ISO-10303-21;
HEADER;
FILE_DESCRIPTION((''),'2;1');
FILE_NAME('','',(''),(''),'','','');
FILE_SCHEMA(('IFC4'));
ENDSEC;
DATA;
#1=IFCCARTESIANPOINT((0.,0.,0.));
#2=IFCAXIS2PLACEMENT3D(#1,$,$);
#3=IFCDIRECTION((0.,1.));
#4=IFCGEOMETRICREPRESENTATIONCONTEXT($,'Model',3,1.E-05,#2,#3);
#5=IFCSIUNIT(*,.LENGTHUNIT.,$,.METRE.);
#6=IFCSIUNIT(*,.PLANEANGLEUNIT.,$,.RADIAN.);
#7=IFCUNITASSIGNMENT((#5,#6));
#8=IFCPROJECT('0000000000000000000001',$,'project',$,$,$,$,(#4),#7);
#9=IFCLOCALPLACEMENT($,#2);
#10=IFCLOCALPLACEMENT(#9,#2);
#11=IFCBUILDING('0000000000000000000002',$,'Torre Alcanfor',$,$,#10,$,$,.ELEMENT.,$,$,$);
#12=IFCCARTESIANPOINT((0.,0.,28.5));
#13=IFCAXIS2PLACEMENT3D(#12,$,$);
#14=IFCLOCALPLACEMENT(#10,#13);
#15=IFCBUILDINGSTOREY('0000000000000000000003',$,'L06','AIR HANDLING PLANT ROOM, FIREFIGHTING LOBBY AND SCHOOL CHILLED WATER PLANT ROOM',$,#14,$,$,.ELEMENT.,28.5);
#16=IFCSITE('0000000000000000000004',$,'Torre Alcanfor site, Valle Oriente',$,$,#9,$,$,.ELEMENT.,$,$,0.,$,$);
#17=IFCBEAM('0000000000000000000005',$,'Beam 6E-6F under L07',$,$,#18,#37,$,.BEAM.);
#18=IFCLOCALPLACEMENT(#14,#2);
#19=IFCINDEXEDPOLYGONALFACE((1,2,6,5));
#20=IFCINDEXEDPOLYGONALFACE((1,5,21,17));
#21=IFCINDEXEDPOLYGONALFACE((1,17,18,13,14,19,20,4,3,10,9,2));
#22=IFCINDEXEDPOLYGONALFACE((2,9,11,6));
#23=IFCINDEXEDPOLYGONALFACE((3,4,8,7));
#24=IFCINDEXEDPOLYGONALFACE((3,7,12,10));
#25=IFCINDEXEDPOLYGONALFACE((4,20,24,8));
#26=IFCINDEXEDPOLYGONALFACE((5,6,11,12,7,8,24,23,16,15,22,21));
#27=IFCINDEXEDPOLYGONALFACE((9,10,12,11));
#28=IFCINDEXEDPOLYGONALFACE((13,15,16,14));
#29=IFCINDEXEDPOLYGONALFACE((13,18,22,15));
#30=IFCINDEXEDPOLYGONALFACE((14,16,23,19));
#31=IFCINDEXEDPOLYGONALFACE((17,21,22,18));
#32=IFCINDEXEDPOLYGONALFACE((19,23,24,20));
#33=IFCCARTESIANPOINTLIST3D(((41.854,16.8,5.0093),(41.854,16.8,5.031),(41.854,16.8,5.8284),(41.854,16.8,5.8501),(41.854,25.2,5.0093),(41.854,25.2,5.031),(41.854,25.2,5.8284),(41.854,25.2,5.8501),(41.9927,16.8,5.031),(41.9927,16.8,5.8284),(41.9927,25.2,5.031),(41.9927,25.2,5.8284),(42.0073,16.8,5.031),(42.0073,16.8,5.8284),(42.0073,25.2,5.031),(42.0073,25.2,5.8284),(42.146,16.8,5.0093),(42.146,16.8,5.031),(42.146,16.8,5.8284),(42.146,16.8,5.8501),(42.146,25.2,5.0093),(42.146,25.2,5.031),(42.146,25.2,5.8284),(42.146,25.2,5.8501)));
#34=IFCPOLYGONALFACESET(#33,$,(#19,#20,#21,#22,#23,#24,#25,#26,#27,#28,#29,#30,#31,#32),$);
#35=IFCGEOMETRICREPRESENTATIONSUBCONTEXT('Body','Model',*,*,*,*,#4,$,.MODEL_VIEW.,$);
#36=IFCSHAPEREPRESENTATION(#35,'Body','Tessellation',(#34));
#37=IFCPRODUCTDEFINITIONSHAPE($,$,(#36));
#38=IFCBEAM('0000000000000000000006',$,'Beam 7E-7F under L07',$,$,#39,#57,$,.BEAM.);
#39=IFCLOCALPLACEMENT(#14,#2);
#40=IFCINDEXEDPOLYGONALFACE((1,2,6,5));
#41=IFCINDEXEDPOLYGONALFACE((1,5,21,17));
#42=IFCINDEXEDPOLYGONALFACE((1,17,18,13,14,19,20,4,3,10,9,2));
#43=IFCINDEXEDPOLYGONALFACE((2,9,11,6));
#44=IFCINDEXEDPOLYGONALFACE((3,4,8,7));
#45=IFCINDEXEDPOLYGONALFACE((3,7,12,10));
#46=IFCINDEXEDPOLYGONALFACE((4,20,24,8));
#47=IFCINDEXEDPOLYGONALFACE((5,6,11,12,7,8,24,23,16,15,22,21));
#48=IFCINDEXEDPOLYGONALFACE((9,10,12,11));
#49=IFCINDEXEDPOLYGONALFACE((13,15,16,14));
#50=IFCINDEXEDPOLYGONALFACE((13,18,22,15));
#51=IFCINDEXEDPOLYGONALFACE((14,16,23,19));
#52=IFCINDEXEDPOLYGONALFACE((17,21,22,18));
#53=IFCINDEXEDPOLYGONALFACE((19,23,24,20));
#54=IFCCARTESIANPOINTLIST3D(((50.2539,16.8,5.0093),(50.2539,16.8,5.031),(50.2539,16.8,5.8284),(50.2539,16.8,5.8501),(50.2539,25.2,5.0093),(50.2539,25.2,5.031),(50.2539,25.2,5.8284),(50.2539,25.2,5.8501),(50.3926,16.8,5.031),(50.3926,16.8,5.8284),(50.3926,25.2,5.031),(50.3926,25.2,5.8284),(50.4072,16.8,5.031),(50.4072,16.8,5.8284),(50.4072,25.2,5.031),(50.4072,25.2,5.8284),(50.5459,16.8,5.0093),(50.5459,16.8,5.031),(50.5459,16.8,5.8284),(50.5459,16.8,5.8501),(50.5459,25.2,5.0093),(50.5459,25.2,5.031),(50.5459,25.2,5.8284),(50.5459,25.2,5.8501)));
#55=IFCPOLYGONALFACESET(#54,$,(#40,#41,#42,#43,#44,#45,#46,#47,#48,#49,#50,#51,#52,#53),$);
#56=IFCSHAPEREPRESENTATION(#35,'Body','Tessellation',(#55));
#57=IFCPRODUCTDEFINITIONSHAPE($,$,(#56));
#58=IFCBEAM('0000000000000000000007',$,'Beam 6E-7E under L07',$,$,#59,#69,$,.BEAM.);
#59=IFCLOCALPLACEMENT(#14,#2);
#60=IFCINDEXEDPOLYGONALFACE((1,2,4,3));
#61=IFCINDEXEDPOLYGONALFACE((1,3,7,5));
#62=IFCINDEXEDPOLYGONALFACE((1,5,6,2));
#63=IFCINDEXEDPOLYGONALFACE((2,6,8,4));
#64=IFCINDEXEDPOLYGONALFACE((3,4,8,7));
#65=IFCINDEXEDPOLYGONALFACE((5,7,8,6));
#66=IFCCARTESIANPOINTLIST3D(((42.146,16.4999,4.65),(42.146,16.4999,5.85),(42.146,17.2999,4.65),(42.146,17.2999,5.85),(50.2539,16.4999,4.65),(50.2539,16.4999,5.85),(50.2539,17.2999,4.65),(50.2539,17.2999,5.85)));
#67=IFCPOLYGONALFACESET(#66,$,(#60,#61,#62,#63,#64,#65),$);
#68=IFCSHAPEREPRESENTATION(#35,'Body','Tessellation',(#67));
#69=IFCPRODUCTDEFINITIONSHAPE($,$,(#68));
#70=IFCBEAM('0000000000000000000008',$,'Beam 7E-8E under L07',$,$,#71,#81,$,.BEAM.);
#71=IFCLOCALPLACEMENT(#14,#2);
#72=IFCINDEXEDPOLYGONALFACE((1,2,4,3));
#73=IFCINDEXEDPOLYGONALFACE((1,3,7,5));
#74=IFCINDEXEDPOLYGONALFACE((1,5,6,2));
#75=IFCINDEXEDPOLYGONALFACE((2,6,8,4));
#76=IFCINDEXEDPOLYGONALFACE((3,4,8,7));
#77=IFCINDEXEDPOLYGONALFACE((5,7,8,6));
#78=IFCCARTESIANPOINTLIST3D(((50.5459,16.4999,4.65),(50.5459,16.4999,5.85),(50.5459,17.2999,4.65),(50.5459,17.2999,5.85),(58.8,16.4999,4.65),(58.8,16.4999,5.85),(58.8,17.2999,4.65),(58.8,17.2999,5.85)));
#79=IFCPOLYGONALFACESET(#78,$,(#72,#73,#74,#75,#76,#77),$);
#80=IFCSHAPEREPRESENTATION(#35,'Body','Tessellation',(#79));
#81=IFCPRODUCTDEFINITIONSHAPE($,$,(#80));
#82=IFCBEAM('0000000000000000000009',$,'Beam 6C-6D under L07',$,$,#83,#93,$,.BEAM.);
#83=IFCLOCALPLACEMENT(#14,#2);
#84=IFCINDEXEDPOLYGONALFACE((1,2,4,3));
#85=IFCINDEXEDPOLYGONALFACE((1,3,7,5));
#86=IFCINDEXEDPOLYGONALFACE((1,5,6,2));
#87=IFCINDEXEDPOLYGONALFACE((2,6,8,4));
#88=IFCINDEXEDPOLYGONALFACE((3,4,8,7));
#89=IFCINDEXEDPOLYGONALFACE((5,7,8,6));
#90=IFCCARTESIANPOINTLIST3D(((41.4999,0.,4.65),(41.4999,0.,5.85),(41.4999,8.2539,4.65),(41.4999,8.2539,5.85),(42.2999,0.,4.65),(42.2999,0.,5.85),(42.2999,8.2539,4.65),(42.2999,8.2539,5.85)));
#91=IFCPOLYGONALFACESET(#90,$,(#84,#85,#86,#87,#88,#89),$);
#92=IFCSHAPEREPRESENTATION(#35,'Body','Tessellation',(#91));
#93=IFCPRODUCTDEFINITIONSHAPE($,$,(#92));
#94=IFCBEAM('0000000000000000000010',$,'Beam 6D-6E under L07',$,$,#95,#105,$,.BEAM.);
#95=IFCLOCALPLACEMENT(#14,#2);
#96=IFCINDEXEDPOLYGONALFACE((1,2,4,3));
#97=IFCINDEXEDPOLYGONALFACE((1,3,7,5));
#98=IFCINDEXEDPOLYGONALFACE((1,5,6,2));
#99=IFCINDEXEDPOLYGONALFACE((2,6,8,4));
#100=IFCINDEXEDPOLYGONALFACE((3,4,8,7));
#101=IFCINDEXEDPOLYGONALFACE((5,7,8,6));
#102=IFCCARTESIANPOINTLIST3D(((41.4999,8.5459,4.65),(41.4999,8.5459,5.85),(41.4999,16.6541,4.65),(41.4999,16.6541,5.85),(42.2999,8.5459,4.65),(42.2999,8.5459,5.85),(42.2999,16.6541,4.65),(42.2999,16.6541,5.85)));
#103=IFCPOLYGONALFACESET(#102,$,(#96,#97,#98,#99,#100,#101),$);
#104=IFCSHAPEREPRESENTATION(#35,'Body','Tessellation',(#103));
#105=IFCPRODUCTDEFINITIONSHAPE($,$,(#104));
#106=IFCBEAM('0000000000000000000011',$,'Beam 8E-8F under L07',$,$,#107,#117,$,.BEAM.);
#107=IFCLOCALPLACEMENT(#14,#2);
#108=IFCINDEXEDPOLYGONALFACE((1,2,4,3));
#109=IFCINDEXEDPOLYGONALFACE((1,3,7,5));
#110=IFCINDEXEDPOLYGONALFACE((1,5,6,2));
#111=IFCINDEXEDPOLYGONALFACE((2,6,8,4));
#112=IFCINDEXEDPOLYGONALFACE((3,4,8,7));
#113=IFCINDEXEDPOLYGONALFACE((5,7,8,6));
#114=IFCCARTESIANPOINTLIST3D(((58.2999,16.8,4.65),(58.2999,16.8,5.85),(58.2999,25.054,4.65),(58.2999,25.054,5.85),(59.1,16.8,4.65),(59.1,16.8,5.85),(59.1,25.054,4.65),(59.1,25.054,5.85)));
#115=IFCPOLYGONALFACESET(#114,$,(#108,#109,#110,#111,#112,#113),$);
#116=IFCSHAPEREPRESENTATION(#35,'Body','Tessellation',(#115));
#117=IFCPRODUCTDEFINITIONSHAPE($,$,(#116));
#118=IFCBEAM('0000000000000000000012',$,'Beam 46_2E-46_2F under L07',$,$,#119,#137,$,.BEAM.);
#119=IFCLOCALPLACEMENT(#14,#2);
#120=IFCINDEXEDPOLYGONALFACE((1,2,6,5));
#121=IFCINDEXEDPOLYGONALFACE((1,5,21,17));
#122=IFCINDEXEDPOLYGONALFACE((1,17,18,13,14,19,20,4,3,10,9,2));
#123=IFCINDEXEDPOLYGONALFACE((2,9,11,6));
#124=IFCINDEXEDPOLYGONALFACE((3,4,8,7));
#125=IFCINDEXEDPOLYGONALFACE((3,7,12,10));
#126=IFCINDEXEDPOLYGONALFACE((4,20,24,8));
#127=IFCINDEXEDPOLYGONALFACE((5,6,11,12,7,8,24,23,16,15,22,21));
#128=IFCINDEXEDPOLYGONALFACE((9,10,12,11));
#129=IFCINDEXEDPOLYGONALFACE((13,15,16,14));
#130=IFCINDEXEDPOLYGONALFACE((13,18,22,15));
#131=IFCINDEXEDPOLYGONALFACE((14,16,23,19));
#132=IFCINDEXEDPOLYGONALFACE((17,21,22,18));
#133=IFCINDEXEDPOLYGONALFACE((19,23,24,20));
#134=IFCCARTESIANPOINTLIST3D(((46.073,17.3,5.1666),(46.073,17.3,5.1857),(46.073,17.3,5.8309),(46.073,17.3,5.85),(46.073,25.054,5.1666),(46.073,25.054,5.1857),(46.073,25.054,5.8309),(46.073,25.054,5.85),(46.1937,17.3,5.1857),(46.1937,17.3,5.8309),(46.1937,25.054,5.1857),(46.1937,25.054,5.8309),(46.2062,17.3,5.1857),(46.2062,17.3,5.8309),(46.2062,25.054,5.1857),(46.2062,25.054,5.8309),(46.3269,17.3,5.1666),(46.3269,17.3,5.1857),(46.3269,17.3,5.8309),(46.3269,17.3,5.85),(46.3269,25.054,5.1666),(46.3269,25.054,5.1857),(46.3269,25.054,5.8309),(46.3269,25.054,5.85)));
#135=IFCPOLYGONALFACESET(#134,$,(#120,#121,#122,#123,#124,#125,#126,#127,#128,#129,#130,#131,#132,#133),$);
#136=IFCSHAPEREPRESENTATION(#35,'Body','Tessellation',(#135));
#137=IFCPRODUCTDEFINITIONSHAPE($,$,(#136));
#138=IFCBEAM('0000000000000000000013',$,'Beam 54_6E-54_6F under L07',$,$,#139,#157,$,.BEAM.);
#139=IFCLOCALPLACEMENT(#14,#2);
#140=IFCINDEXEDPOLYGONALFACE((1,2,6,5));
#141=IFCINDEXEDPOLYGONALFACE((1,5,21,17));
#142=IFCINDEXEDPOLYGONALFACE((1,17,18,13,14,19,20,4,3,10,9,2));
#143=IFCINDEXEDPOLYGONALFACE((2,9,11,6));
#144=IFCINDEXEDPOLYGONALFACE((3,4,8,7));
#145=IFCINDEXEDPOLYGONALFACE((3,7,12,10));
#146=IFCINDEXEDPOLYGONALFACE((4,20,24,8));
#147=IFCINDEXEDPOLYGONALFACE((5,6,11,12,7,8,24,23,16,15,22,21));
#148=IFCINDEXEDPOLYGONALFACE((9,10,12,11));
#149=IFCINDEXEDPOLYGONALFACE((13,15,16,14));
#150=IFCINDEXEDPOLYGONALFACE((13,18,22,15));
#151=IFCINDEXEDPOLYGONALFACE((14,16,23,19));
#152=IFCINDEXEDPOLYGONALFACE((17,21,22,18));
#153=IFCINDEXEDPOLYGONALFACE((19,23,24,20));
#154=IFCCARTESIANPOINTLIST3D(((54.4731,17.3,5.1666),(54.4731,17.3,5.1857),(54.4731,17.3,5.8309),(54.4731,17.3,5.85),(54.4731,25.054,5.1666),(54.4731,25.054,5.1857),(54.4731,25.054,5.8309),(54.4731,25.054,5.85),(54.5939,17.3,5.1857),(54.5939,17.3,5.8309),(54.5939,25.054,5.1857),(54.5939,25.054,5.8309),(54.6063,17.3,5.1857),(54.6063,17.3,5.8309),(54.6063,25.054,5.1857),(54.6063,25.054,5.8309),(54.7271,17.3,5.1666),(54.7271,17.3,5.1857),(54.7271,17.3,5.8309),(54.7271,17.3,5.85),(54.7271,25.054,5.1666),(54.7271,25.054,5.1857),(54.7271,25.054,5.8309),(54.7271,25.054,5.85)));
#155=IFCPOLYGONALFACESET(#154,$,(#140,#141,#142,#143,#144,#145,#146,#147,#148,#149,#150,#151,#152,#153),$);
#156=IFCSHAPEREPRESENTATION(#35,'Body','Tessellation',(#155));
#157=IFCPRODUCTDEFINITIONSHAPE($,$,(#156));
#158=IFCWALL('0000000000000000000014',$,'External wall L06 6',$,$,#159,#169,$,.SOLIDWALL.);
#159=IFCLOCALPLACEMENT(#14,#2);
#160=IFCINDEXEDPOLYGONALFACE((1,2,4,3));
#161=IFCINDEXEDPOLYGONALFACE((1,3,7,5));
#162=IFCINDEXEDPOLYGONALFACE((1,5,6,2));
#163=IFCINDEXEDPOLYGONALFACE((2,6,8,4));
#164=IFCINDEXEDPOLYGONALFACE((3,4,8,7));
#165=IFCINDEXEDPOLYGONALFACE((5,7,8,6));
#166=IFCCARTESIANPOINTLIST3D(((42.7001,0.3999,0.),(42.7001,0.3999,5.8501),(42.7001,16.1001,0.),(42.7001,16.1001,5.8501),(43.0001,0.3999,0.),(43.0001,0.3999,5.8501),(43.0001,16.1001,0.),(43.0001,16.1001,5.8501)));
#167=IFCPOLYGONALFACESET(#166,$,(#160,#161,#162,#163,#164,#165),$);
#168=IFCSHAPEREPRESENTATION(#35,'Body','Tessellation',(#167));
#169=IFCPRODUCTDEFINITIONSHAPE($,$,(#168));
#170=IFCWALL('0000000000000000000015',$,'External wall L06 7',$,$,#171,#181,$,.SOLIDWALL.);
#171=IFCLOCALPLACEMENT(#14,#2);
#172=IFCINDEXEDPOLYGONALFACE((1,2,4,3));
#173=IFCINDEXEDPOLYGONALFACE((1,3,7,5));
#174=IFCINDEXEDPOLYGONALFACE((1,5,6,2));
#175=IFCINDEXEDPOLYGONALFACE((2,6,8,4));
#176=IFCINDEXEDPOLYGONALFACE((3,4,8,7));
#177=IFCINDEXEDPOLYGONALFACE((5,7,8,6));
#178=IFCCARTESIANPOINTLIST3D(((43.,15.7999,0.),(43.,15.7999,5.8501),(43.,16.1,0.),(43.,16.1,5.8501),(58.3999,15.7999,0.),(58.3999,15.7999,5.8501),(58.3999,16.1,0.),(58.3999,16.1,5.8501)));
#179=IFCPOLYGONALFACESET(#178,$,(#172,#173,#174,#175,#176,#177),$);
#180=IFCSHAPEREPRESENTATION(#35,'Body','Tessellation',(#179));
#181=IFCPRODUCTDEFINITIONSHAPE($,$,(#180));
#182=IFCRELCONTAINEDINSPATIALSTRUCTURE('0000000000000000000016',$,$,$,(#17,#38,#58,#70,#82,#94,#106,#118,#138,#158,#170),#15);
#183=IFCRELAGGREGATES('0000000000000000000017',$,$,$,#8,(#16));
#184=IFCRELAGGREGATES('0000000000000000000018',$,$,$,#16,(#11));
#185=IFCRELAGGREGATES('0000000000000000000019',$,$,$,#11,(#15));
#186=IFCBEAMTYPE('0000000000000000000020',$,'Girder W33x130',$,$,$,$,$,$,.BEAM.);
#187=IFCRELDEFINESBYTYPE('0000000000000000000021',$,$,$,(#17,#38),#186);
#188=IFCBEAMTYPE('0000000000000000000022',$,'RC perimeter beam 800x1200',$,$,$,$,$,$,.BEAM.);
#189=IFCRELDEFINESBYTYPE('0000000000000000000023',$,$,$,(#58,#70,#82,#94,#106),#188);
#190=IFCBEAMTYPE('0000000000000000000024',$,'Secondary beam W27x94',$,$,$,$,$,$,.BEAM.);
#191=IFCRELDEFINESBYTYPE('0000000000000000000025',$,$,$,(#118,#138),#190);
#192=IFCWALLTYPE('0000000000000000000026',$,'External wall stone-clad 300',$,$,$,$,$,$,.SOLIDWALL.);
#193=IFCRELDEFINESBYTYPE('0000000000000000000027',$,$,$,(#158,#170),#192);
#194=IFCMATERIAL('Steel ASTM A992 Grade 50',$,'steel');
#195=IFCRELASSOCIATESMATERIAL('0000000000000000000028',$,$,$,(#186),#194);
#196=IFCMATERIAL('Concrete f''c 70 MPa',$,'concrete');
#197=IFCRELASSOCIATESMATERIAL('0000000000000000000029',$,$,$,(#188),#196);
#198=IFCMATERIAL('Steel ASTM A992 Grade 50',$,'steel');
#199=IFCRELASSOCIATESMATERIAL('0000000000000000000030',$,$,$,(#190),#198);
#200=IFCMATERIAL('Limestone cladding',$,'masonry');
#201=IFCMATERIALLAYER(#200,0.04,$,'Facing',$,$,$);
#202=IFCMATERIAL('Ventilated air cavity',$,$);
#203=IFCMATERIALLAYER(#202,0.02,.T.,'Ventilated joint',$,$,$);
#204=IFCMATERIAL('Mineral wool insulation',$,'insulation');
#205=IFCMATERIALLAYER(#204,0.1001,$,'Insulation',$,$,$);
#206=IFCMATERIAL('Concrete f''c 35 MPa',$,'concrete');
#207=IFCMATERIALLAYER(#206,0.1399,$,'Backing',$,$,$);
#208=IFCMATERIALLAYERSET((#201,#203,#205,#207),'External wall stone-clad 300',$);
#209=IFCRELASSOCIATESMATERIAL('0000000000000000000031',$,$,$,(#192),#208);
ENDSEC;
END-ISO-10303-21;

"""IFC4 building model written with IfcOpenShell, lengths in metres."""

from ifc_helpers import new_model, si_unit, direction, frame, frame_2d, origin, origin_2d, place, context, subcontext, project, spatial, rectangle, i_section, extrude, material, layer, layer_set, material_profile, profile_set, type_object, element, save


model = new_model("IFC4")

# Units and contexts
model_context = context("Model", 3, precision=1e-05, world=origin(), true_north=direction((0.0, 1.0)))
body_context = subcontext(model_context, "Body", "Model", "MODEL_VIEW")
ifc_project = project(units=[si_unit("LENGTHUNIT", "METRE"), si_unit("PLANEANGLEUNIT", "RADIAN")], contexts=[model_context])

# Site, building, storey
site_placement = place(None, origin())
site = spatial("IfcSite", under=ifc_project, at=site_placement, Name="Torre Alcanfor site, Valle Oriente", CompositionType="ELEMENT", RefElevation=0.0)
building_placement = place(site_placement, origin())
building = spatial("IfcBuilding", under=site, at=building_placement, Name="Torre Alcanfor", CompositionType="ELEMENT")
storey_placement = place(building_placement, frame((0.0, 0.0, 28.5)))
storey = spatial("IfcBuildingStorey", under=building, at=storey_placement, Name="L06", Description="AIR HANDLING PLANT ROOM, FIREFIGHTING LOBBY AND SCHOOL CHILLED WATER PLANT ROOM", CompositionType="ELEMENT", Elevation=28.5)

# Beams
ifc_material_1 = material(Name="Steel ASTM A992 Grade 50", Category="steel")
ifc_material_profile_1 = material_profile(ifc_material_1, i_section(OverallWidth=0.292, OverallDepth=0.8408, WebThickness=0.0146, FlangeThickness=0.0217, at=origin_2d()), Name="W33x130")
ifc_profile_set_1 = profile_set([ifc_material_profile_1], Name="Steel ASTM A992 Grade 50")
beam_type_1 = type_object("IfcBeamType", Name="Girder W33x130", PredefinedType="BEAM", material=ifc_profile_set_1)
for number, where, z_axis, x_axis, name in (
    (1, (42.0, 16.8, 5.4297), (0.0, 1.0, 0.0), (-1.0, 0.0, 0.0), "Beam 6E-6F under L07"),
    (2, (50.3999, 16.8, 5.4297), (0.0, 1.0, 0.0), (-1.0, 0.0, 0.0), "Beam 7E-7F under L07"),
):
    element("IfcBeam", number, at=place(storey_placement, frame(where, z_axis=z_axis, x_axis=x_axis)), inside=storey, type_object=beam_type_1, Name=name, PredefinedType="BEAM", context=body_context, shape_type="SweptSolid", body=[
        extrude(i_section(OverallWidth=0.292, OverallDepth=0.8408, WebThickness=0.0146, FlangeThickness=0.0217, at=origin_2d()), origin(), (0.0, 0.0, 1.0), 8.3999),
    ])
ifc_material_2 = material(Name="Concrete f'c 70 MPa", Category="concrete")
ifc_material_profile_2 = material_profile(ifc_material_2, rectangle(XDim=0.8, YDim=1.2, at=origin_2d()), Name="800x1200")
ifc_profile_set_2 = profile_set([ifc_material_profile_2], Name="Concrete f'c 70 MPa")
beam_type_2 = type_object("IfcBeamType", Name="RC perimeter beam 800x1200", PredefinedType="BEAM", material=ifc_profile_set_2)
beam_1_placement = place(storey_placement, frame((42.146, 16.8999, 5.25), z_axis=(1.0, 0.0, 0.0), x_axis=(0.0, 1.0, 0.0)))
element("IfcBeam", 3, at=beam_1_placement, inside=storey, type_object=beam_type_2, Name="Beam 6E-7E under L07", PredefinedType="BEAM", context=body_context, shape_type="SweptSolid", body=[
    extrude(rectangle(XDim=0.8, YDim=1.2, at=origin_2d()), origin(), (0.0, 0.0, 1.0), 8.1079),
])
beam_2_placement = place(storey_placement, frame((50.5459, 16.8999, 5.25), z_axis=(1.0, 0.0, 0.0), x_axis=(0.0, 1.0, 0.0)))
element("IfcBeam", 4, at=beam_2_placement, inside=storey, type_object=beam_type_2, Name="Beam 7E-8E under L07", PredefinedType="BEAM", context=body_context, shape_type="SweptSolid", body=[
    extrude(rectangle(XDim=0.8, YDim=1.2, at=origin_2d()), origin(), (0.0, 0.0, 1.0), 8.2542),
])
beam_3_placement = place(storey_placement, frame((41.8999, 0.0, 5.25), z_axis=(0.0, 1.0, 0.0), x_axis=(-1.0, 0.0, 0.0)))
element("IfcBeam", 5, at=beam_3_placement, inside=storey, type_object=beam_type_2, Name="Beam 6C-6D under L07", PredefinedType="BEAM", context=body_context, shape_type="SweptSolid", body=[
    extrude(rectangle(XDim=0.8, YDim=1.2, at=origin_2d()), origin(), (0.0, 0.0, 1.0), 8.2539),
])
beam_4_placement = place(storey_placement, frame((41.8999, 8.5459, 5.25), z_axis=(0.0, 1.0, 0.0), x_axis=(-1.0, 0.0, 0.0)))
element("IfcBeam", 6, at=beam_4_placement, inside=storey, type_object=beam_type_2, Name="Beam 6D-6E under L07", PredefinedType="BEAM", context=body_context, shape_type="SweptSolid", body=[
    extrude(rectangle(XDim=0.8, YDim=1.2, at=origin_2d()), origin(), (0.0, 0.0, 1.0), 8.1082),
])
beam_5_placement = place(storey_placement, frame((58.7, 16.8, 5.25), z_axis=(0.0, 1.0, 0.0), x_axis=(-1.0, 0.0, 0.0)))
element("IfcBeam", 7, at=beam_5_placement, inside=storey, type_object=beam_type_2, Name="Beam 8E-8F under L07", PredefinedType="BEAM", context=body_context, shape_type="SweptSolid", body=[
    extrude(rectangle(XDim=0.8, YDim=1.2, at=origin_2d()), origin(), (0.0, 0.0, 1.0), 8.2539),
])
ifc_material_3 = material(Name="Steel ASTM A992 Grade 50", Category="steel")
ifc_material_profile_3 = material_profile(ifc_material_3, i_section(OverallWidth=0.2539, OverallDepth=0.6833, WebThickness=0.0125, FlangeThickness=0.019, at=origin_2d()), Name="W27x94")
ifc_profile_set_3 = profile_set([ifc_material_profile_3], Name="Steel ASTM A992 Grade 50")
beam_type_3 = type_object("IfcBeamType", Name="Secondary beam W27x94", PredefinedType="BEAM", material=ifc_profile_set_3)
for number, where, z_axis, x_axis, name in (
    (8, (46.2, 17.3, 5.5083), (0.0, 1.0, 0.0), (-1.0, 0.0, 0.0), "Beam 46_2E-46_2F under L07"),
    (9, (54.6001, 17.3, 5.5083), (0.0, 1.0, 0.0), (-1.0, 0.0, 0.0), "Beam 54_6E-54_6F under L07"),
):
    element("IfcBeam", number, at=place(storey_placement, frame(where, z_axis=z_axis, x_axis=x_axis)), inside=storey, type_object=beam_type_3, Name=name, PredefinedType="BEAM", context=body_context, shape_type="SweptSolid", body=[
        extrude(i_section(OverallWidth=0.2539, OverallDepth=0.6833, WebThickness=0.0125, FlangeThickness=0.019, at=origin_2d()), origin(), (0.0, 0.0, 1.0), 7.7539),
    ])

# Walls
ifc_material_4 = material(Name="Limestone cladding", Category="masonry")
ifc_layer_1 = layer(ifc_material_4, 0.04, Name="Facing")
ifc_material_5 = material(Name="Ventilated air cavity")
ifc_layer_2 = layer(ifc_material_5, 0.02, ventilated=True, Name="Ventilated joint")
ifc_material_6 = material(Name="Mineral wool insulation", Category="insulation")
ifc_layer_3 = layer(ifc_material_6, 0.1001, Name="Insulation")
ifc_material_7 = material(Name="Concrete f'c 35 MPa", Category="concrete")
ifc_layer_4 = layer(ifc_material_7, 0.1399, Name="Backing")
ifc_layer_set_1 = layer_set([ifc_layer_1, ifc_layer_2, ifc_layer_3, ifc_layer_4], Name="External wall stone-clad 300")
wall_type_1 = type_object("IfcWallType", Name="External wall stone-clad 300", PredefinedType="SOLIDWALL", material=ifc_layer_set_1)
wall_1_placement = place(storey_placement, frame((42.8501, 0.3999, 0.0), z_axis=(0.0, 0.0, 1.0), x_axis=(0.0, 1.0, 0.0)))
element("IfcWall", 10, at=wall_1_placement, inside=storey, type_object=wall_type_1, Name="External wall L06 6", PredefinedType="SOLIDWALL", context=body_context, shape_type="SweptSolid", body=[
    extrude(rectangle(XDim=15.7002, YDim=0.3, at=frame_2d((7.8501, 0.0))), origin(), (0.0, 0.0, 1.0), 5.8501),
])
wall_2_placement = place(storey_placement, frame((43.0, 15.95, 0.0), z_axis=(0.0, 0.0, 1.0), x_axis=(1.0, 0.0, 0.0)))
element("IfcWall", 11, at=wall_2_placement, inside=storey, type_object=wall_type_1, Name="External wall L06 7", PredefinedType="SOLIDWALL", context=body_context, shape_type="SweptSolid", body=[
    extrude(rectangle(XDim=15.3999, YDim=0.3, at=frame_2d((7.7, 0.0))), origin(), (0.0, 0.0, 1.0), 5.8501),
])

save(model, "model.ifc")
